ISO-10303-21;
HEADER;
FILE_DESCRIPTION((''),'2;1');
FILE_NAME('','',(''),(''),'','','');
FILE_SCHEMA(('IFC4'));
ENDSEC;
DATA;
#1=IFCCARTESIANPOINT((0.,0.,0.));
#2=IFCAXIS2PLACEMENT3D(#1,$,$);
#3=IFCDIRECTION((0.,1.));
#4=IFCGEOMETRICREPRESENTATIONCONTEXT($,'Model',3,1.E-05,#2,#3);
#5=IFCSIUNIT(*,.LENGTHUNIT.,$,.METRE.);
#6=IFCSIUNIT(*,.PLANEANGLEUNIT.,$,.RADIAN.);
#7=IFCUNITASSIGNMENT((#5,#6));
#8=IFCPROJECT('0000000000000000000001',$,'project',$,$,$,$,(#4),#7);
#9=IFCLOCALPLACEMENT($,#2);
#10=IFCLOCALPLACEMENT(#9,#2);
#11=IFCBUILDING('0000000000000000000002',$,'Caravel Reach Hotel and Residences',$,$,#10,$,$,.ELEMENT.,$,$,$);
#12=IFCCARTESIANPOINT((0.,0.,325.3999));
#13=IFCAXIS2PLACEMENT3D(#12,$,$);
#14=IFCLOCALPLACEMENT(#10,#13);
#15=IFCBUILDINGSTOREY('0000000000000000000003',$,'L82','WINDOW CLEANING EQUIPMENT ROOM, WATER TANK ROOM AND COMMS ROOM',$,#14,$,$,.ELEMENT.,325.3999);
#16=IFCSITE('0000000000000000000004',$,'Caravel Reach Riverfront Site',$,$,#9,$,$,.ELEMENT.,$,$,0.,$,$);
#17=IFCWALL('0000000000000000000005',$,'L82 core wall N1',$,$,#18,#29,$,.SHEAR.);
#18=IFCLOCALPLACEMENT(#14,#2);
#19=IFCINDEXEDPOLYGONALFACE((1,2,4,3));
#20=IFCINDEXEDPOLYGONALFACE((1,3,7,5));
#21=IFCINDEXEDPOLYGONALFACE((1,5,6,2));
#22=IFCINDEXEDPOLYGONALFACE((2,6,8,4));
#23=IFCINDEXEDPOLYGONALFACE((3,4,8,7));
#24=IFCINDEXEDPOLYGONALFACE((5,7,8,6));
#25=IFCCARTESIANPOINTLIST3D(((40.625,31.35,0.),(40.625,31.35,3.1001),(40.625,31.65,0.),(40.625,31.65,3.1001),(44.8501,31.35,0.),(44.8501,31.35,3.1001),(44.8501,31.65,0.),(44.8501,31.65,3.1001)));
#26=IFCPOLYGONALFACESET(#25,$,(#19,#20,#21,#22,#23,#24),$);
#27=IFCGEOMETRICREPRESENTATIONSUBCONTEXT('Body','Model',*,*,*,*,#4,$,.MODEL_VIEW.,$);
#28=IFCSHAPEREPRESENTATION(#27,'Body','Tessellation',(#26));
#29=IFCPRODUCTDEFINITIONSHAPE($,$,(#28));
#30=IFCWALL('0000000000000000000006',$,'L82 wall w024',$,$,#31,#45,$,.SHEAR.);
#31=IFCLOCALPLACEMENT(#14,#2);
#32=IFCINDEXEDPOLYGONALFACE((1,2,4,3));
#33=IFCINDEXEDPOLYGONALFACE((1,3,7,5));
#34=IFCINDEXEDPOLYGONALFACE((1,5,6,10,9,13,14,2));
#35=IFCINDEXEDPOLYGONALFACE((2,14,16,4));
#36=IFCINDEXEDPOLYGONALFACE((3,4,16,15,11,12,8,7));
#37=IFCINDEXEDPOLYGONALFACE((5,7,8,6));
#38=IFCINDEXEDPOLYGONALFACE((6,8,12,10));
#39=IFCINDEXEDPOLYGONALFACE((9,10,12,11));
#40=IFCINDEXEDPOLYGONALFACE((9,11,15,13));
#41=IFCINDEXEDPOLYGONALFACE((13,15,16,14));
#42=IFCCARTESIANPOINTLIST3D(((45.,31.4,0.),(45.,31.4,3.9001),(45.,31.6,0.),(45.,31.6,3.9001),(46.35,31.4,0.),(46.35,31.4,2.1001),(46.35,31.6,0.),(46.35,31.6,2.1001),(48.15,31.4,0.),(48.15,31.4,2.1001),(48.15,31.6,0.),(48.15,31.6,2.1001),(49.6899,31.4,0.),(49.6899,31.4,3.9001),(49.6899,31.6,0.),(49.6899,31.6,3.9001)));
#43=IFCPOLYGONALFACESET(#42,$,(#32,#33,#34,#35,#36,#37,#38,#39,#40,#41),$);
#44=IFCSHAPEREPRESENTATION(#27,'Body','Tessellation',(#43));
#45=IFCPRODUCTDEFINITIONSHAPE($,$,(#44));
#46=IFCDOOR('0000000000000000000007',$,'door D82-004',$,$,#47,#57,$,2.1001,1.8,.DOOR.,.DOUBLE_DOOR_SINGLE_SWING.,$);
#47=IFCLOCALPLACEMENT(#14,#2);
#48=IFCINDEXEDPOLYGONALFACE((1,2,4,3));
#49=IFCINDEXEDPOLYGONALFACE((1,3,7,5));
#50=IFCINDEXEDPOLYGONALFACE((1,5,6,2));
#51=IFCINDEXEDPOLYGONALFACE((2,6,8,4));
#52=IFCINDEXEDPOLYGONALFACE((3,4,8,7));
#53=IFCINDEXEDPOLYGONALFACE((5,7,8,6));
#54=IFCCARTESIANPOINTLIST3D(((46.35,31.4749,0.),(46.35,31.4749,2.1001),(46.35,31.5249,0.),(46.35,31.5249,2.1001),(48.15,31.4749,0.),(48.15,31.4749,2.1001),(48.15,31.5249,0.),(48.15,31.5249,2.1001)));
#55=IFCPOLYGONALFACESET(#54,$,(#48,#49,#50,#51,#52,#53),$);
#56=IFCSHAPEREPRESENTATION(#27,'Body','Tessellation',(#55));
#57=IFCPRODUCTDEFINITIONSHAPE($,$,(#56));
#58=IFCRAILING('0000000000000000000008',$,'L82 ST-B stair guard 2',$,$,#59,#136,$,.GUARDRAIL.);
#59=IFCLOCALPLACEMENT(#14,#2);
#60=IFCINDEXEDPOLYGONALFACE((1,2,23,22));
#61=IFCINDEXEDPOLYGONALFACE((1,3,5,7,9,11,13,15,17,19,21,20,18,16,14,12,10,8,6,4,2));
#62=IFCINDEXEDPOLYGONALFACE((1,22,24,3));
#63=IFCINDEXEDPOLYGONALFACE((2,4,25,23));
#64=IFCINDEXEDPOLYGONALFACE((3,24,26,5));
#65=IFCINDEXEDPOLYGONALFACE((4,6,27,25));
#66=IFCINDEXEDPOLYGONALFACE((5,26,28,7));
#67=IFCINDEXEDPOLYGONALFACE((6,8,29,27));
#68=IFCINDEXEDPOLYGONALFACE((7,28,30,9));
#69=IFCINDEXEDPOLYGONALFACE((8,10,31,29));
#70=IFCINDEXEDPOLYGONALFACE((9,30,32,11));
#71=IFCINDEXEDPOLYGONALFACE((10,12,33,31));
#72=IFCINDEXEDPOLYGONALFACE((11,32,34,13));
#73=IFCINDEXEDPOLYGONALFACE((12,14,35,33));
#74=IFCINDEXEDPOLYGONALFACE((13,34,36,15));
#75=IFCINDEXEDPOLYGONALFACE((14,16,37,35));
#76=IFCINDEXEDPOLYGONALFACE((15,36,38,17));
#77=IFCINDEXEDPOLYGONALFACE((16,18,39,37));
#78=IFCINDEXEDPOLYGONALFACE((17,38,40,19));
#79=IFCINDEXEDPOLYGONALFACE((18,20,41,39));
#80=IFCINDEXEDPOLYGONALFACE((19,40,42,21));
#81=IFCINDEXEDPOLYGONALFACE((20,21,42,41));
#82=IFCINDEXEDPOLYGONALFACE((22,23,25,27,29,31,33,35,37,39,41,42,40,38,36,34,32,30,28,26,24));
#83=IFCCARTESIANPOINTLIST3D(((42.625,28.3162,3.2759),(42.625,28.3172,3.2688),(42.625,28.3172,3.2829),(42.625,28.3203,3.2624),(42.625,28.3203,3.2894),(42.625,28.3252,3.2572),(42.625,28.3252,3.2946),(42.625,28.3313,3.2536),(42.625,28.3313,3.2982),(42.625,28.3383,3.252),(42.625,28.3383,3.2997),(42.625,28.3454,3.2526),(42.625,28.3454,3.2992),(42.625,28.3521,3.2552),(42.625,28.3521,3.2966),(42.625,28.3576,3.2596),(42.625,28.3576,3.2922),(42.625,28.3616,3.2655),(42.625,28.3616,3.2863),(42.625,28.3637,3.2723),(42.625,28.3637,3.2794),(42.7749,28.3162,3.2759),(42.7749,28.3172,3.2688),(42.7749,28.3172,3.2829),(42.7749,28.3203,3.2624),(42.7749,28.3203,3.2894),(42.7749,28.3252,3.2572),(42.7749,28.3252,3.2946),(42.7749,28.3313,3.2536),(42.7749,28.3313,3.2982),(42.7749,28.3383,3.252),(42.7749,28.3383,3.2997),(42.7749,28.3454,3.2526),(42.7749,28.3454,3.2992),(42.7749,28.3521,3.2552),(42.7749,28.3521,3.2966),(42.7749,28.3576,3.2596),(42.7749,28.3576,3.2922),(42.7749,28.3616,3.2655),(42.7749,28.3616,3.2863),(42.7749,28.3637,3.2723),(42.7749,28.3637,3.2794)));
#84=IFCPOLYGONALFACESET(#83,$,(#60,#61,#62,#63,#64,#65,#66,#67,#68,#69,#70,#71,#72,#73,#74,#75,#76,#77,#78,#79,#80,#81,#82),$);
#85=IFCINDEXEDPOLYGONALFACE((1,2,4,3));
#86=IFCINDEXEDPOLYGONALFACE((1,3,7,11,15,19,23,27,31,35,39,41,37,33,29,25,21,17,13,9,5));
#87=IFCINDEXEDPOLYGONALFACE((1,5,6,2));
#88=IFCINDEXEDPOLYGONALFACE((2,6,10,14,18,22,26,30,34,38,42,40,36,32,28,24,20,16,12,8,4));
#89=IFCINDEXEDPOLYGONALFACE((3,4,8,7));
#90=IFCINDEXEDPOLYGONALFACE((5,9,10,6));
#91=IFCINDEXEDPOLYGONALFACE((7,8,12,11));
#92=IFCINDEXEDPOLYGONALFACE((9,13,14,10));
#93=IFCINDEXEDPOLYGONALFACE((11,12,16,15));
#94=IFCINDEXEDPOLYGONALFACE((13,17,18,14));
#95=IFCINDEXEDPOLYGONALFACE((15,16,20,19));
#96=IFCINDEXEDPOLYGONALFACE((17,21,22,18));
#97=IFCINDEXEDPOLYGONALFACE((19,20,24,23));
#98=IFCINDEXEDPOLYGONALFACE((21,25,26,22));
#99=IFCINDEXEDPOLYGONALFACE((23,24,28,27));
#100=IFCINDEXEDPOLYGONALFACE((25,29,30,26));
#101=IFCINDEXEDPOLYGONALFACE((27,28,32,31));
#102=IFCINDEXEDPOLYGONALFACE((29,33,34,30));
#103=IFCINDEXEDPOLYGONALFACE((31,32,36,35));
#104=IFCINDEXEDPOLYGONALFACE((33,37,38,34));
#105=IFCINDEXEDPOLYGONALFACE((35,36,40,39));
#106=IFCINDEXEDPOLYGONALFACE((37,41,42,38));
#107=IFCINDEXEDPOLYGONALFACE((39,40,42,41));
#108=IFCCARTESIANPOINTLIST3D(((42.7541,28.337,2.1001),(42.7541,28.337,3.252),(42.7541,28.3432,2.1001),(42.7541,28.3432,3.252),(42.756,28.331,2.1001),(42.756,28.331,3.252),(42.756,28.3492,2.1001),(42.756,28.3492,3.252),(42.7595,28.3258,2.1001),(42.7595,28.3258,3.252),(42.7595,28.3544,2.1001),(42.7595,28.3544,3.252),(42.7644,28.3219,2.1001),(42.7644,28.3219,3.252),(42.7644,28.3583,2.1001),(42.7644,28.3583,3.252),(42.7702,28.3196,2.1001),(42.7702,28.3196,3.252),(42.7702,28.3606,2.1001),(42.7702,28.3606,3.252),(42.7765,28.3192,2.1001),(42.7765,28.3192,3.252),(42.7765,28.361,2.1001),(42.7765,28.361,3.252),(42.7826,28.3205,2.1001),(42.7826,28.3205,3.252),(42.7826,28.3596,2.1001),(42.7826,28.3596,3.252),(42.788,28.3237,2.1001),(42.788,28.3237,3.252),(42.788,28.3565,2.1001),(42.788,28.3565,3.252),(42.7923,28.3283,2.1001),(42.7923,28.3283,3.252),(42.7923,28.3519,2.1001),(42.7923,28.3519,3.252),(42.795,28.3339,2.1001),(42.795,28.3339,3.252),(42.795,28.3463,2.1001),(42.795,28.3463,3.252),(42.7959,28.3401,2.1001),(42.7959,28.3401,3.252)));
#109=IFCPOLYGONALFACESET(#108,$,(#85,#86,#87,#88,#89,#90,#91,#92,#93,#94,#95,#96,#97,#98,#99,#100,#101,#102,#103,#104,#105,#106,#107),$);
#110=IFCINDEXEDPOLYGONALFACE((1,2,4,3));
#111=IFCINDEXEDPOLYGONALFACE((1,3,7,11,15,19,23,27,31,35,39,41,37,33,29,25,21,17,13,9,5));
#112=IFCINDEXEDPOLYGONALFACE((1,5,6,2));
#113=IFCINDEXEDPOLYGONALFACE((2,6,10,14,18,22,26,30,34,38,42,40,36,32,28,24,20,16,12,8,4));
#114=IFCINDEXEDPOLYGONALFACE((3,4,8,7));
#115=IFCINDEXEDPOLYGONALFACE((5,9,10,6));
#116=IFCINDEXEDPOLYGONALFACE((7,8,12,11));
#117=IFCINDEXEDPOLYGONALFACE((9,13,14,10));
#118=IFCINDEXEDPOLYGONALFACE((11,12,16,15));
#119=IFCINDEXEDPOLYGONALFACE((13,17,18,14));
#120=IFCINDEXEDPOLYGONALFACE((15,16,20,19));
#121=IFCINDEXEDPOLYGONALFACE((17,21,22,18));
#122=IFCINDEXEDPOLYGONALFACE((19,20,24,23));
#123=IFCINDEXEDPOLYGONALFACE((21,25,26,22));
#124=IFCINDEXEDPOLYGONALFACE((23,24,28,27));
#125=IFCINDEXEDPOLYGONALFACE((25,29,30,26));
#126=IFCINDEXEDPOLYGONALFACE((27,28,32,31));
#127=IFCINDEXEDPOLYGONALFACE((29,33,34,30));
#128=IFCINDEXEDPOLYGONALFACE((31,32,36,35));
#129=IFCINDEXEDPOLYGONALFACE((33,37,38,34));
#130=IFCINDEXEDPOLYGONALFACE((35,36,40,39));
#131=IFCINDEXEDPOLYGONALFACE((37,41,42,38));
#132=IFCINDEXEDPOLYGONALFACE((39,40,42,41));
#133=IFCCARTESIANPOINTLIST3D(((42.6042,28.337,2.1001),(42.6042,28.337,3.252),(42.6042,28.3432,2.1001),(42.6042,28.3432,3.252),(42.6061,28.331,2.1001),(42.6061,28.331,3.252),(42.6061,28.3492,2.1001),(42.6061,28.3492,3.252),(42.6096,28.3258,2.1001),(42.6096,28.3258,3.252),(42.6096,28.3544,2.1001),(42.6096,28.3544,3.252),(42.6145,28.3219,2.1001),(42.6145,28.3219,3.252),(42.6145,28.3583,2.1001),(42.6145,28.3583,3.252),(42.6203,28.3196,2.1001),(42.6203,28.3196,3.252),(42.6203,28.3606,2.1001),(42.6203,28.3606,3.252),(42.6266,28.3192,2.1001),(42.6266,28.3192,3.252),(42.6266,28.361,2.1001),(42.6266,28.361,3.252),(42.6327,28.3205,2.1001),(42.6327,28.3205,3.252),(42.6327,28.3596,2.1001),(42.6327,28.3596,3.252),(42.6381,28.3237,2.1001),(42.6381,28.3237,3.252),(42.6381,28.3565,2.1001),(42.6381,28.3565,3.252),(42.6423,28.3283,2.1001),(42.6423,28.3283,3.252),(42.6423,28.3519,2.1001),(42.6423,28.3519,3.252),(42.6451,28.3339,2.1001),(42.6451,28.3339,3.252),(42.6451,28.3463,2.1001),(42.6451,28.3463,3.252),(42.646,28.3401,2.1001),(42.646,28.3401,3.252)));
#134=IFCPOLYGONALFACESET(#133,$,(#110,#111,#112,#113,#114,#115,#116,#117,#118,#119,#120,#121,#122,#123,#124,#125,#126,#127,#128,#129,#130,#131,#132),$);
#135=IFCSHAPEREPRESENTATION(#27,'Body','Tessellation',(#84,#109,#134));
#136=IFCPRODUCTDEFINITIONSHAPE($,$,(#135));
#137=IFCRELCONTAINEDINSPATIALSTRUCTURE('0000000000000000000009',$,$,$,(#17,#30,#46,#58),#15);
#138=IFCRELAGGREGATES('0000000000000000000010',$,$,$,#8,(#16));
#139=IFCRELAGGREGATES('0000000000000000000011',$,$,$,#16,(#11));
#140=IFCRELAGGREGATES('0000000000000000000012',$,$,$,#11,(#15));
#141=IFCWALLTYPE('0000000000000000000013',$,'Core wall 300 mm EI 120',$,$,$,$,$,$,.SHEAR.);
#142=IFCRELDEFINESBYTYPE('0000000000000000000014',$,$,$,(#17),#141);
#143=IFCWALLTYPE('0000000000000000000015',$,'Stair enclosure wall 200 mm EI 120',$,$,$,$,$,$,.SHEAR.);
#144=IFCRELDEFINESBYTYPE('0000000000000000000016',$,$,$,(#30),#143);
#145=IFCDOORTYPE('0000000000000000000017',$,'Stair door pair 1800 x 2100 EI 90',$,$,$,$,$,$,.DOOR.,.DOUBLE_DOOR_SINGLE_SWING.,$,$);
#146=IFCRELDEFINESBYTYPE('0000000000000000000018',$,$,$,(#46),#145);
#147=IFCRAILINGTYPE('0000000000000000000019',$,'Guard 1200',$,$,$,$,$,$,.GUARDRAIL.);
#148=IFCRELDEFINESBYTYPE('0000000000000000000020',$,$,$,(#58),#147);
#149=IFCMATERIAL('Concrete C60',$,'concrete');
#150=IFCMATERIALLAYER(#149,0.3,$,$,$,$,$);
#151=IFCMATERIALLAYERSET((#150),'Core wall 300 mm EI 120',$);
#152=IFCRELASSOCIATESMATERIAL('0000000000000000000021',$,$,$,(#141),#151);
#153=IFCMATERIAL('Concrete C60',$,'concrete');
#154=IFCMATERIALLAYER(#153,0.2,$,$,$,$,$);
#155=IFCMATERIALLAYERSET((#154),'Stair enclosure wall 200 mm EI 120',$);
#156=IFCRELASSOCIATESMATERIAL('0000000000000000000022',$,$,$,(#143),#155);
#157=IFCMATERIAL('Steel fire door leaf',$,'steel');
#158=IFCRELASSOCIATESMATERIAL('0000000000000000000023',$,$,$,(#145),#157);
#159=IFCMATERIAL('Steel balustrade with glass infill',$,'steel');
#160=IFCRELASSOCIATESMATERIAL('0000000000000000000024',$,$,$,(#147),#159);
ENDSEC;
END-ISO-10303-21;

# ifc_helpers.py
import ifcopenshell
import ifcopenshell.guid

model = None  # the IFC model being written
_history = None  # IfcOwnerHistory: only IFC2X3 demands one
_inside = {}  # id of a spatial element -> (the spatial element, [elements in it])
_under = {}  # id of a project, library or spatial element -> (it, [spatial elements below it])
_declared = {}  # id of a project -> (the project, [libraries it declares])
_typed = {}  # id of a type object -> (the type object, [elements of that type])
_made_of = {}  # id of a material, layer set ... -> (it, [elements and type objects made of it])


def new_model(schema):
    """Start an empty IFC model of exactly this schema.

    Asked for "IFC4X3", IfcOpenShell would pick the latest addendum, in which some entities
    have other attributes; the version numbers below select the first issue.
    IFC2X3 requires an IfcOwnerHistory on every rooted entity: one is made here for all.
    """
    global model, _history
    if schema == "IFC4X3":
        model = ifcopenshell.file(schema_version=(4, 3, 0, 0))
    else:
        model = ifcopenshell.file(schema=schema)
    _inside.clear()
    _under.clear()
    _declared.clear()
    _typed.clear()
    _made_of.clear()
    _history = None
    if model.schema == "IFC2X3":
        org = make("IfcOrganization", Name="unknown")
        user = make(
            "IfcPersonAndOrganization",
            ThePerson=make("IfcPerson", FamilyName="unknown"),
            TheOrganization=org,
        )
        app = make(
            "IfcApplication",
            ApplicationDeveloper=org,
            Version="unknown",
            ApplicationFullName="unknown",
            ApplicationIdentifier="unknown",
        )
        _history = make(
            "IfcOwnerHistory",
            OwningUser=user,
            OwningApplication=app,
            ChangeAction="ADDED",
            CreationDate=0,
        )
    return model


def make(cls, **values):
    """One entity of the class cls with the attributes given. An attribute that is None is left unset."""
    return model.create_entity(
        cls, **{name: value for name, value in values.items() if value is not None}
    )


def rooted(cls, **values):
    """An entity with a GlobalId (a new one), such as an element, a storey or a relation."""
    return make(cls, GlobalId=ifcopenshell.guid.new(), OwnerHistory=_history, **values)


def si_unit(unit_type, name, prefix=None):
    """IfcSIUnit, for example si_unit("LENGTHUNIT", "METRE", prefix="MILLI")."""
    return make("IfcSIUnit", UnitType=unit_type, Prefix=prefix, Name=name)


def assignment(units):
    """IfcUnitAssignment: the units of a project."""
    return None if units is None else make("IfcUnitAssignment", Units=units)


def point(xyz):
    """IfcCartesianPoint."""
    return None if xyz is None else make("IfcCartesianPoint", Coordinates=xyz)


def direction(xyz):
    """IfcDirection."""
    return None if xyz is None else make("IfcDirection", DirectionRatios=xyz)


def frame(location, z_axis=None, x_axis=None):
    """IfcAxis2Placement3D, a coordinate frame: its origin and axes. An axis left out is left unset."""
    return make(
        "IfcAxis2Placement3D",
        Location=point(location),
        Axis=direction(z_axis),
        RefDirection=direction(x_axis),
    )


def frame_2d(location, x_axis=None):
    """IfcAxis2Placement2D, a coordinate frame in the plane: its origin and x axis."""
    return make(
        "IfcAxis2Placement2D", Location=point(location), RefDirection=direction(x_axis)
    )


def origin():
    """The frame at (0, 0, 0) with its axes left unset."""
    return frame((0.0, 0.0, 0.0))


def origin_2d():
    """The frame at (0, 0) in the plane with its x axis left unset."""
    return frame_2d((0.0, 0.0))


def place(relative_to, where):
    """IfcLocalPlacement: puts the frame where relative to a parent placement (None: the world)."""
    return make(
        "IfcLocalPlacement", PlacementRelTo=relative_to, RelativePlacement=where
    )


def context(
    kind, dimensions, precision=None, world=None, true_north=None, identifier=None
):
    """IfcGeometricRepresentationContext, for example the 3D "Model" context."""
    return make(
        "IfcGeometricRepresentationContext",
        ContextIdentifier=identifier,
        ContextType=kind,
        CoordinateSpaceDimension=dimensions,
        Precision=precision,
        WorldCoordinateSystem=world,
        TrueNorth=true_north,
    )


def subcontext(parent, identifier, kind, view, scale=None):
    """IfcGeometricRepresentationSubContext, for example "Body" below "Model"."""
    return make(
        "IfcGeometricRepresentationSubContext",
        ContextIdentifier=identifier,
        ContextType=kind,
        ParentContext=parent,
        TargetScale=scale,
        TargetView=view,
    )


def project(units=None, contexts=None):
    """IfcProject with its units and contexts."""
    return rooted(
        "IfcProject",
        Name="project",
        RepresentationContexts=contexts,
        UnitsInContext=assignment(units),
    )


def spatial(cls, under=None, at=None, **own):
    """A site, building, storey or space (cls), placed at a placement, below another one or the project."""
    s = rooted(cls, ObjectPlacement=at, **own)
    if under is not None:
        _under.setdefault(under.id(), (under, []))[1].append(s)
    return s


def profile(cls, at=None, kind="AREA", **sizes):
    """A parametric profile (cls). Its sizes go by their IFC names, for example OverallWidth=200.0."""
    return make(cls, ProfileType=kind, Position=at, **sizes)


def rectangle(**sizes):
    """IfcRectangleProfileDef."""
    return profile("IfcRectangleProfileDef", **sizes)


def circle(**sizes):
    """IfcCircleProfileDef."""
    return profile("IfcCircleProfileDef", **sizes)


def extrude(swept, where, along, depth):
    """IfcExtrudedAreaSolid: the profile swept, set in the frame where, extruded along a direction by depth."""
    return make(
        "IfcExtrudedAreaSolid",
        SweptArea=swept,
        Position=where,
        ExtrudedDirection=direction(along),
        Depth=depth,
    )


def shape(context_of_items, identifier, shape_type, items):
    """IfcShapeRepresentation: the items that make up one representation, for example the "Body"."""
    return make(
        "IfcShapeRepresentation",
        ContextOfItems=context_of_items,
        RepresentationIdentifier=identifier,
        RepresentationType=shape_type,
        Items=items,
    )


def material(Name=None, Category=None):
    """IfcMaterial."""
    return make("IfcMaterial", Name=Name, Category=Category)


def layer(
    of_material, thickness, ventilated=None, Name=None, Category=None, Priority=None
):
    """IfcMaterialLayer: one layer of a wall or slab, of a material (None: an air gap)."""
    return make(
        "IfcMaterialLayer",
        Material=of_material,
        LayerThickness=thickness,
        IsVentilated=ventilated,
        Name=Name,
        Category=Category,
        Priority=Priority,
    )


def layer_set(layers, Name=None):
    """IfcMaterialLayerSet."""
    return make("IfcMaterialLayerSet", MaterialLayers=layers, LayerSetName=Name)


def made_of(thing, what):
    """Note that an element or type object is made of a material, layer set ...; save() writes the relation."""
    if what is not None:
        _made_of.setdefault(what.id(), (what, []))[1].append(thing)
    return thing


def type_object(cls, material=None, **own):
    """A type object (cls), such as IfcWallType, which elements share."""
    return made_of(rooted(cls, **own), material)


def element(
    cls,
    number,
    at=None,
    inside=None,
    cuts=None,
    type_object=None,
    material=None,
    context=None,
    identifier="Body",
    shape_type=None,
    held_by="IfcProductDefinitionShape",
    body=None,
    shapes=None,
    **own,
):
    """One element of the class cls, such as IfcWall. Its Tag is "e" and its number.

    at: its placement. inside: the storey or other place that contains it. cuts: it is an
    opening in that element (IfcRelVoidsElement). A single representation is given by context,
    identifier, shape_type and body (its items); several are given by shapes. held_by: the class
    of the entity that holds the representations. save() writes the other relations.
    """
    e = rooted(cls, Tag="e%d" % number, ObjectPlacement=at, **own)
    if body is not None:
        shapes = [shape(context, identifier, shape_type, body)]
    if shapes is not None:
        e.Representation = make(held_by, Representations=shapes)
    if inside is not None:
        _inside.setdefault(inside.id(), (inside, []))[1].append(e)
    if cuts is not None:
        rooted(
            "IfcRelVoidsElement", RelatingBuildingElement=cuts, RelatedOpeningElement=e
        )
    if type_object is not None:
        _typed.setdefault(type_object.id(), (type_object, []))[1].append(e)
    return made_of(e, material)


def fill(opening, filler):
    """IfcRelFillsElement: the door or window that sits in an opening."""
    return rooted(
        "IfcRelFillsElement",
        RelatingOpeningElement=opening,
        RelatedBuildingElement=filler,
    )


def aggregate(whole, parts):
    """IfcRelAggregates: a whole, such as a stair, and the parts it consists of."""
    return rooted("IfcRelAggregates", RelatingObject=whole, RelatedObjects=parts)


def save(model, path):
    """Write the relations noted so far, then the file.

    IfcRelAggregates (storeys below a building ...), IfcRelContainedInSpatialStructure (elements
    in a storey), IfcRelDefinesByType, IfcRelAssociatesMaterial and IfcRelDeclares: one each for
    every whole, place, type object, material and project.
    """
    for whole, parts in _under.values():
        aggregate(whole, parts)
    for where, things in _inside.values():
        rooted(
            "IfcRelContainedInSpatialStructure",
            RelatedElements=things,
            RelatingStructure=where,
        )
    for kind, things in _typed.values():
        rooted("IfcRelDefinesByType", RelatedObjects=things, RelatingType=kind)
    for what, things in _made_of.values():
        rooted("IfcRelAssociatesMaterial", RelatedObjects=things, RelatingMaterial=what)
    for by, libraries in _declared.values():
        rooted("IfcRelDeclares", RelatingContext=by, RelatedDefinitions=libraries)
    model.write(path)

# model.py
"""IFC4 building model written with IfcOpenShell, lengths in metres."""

from ifc_helpers import new_model, si_unit, direction, frame, frame_2d, origin, origin_2d, place, context, subcontext, project, spatial, rectangle, circle, extrude, material, layer, layer_set, type_object, element, fill, save


model = new_model("IFC4")

# Units and contexts
model_context = context("Model", 3, precision=1e-05, world=origin(), true_north=direction((0.0, 1.0)))
body_context = subcontext(model_context, "Body", "Model", "MODEL_VIEW")
ifc_project = project(units=[si_unit("LENGTHUNIT", "METRE"), si_unit("PLANEANGLEUNIT", "RADIAN")], contexts=[model_context])

# Site, building, storey
site_placement = place(None, origin())
site = spatial("IfcSite", under=ifc_project, at=site_placement, Name="Caravel Reach Riverfront Site", CompositionType="ELEMENT", RefElevation=0.0)
building_placement = place(site_placement, origin())
building = spatial("IfcBuilding", under=site, at=building_placement, Name="Caravel Reach Hotel and Residences", CompositionType="ELEMENT")
storey_placement = place(building_placement, frame((0.0, 0.0, 325.3999)))
storey = spatial("IfcBuildingStorey", under=building, at=storey_placement, Name="L82", Description="WINDOW CLEANING EQUIPMENT ROOM, WATER TANK ROOM AND COMMS ROOM", CompositionType="ELEMENT", Elevation=325.3999)

# Wall
ifc_material_1 = material(Name="Concrete C60", Category="concrete")
ifc_layer_1 = layer(ifc_material_1, 0.3)
ifc_layer_set_1 = layer_set([ifc_layer_1], Name="Core wall 300 mm EI 120")
wall_type_1 = type_object("IfcWallType", Name="Core wall 300 mm EI 120", PredefinedType="SHEAR", material=ifc_layer_set_1)
wall_1_placement = place(storey_placement, frame((40.625, 31.5, 0.0), z_axis=(0.0, 0.0, 1.0), x_axis=(1.0, 0.0, 0.0)))
element("IfcWall", 1, at=wall_1_placement, inside=storey, type_object=wall_type_1, Name="L82 core wall N1", PredefinedType="SHEAR", context=body_context, shape_type="SweptSolid", body=[
    extrude(rectangle(XDim=4.2251, YDim=0.3, at=frame_2d((2.1125, 0.0))), origin(), (0.0, 0.0, 1.0), 3.1001),
])

# Wall, opening, door
ifc_material_2 = material(Name="Concrete C60", Category="concrete")
ifc_layer_2 = layer(ifc_material_2, 0.2)
ifc_layer_set_2 = layer_set([ifc_layer_2], Name="Stair enclosure wall 200 mm EI 120")
wall_type_2 = type_object("IfcWallType", Name="Stair enclosure wall 200 mm EI 120", PredefinedType="SHEAR", material=ifc_layer_set_2)
wall_2_placement = place(storey_placement, frame((45.0, 31.5, 0.0), z_axis=(0.0, 0.0, 1.0), x_axis=(1.0, 0.0, 0.0)))
wall_2 = element("IfcWall", 2, at=wall_2_placement, inside=storey, type_object=wall_type_2, Name="L82 wall w024", PredefinedType="SHEAR", context=body_context, shape_type="SweptSolid", body=[
    extrude(rectangle(XDim=4.6899, YDim=0.2, at=frame_2d((2.345, 0.0))), origin(), (0.0, 0.0, 1.0), 3.9001),
])
opening_1_placement = place(wall_2_placement, frame((1.3501, 0.0, 0.0)))
opening_1 = element("IfcOpeningElement", 3, at=opening_1_placement, cuts=wall_2, PredefinedType="OPENING", context=body_context, shape_type="SweptSolid", body=[
    extrude(rectangle(XDim=1.8, YDim=2.1001, at=frame_2d((0.8999, 1.05))), frame((0.0, 0.1099, 0.0), z_axis=(0.0, -1.0, 0.0), x_axis=(1.0, 0.0, 0.0)), (0.0, 0.0, 1.0), 0.22),
])
ifc_material_3 = material(Name="Steel fire door leaf", Category="steel")
door_type_1 = type_object("IfcDoorType", Name="Stair door pair 1800 x 2100 EI 90", OperationType="DOUBLE_DOOR_SINGLE_SWING", PredefinedType="DOOR", material=ifc_material_3)
door_1_placement = place(opening_1_placement, origin())
door_1 = element("IfcDoor", 4, at=door_1_placement, inside=storey, type_object=door_type_1, Name="door D82-004", OperationType="DOUBLE_DOOR_SINGLE_SWING", OverallHeight=2.1001, OverallWidth=1.8, PredefinedType="DOOR", context=body_context, shape_type="SweptSolid", body=[
    extrude(rectangle(XDim=1.8, YDim=2.1001, at=frame_2d((0.8999, 1.05))), frame((0.0, 0.0249, 0.0), z_axis=(0.0, -1.0, 0.0), x_axis=(1.0, 0.0, 0.0)), (0.0, 0.0, 1.0), 0.05),
])
fill(opening_1, door_1)

# Railing
ifc_material_4 = material(Name="Steel balustrade with glass infill", Category="steel")
railing_type_1 = type_object("IfcRailingType", Name="Guard 1200", PredefinedType="GUARDRAIL", material=ifc_material_4)
railing_1_placement = place(storey_placement, frame((42.7749, 28.3401, 2.1001)))
element("IfcRailing", 5, at=railing_1_placement, inside=storey, type_object=railing_type_1, Name="L82 ST-B stair guard 2", PredefinedType="GUARDRAIL", context=body_context, shape_type="SweptSolid", body=[
    extrude(circle(Radius=0.0239, at=origin_2d()), frame((0.0, 0.0, 1.1758), z_axis=(-1.0, 0.0, 0.0), x_axis=(0.0, -1.0, 0.0)), (0.0, 0.0, 1.0), 0.1499),
    extrude(circle(Radius=0.021, at=origin_2d()), origin(), (0.0, 0.0, 1.0), 1.1519),
    extrude(circle(Radius=0.021, at=origin_2d()), frame((-0.1499, 0.0, 0.0)), (0.0, 0.0, 1.0), 1.1519),
])

save(model, "model.ifc")
